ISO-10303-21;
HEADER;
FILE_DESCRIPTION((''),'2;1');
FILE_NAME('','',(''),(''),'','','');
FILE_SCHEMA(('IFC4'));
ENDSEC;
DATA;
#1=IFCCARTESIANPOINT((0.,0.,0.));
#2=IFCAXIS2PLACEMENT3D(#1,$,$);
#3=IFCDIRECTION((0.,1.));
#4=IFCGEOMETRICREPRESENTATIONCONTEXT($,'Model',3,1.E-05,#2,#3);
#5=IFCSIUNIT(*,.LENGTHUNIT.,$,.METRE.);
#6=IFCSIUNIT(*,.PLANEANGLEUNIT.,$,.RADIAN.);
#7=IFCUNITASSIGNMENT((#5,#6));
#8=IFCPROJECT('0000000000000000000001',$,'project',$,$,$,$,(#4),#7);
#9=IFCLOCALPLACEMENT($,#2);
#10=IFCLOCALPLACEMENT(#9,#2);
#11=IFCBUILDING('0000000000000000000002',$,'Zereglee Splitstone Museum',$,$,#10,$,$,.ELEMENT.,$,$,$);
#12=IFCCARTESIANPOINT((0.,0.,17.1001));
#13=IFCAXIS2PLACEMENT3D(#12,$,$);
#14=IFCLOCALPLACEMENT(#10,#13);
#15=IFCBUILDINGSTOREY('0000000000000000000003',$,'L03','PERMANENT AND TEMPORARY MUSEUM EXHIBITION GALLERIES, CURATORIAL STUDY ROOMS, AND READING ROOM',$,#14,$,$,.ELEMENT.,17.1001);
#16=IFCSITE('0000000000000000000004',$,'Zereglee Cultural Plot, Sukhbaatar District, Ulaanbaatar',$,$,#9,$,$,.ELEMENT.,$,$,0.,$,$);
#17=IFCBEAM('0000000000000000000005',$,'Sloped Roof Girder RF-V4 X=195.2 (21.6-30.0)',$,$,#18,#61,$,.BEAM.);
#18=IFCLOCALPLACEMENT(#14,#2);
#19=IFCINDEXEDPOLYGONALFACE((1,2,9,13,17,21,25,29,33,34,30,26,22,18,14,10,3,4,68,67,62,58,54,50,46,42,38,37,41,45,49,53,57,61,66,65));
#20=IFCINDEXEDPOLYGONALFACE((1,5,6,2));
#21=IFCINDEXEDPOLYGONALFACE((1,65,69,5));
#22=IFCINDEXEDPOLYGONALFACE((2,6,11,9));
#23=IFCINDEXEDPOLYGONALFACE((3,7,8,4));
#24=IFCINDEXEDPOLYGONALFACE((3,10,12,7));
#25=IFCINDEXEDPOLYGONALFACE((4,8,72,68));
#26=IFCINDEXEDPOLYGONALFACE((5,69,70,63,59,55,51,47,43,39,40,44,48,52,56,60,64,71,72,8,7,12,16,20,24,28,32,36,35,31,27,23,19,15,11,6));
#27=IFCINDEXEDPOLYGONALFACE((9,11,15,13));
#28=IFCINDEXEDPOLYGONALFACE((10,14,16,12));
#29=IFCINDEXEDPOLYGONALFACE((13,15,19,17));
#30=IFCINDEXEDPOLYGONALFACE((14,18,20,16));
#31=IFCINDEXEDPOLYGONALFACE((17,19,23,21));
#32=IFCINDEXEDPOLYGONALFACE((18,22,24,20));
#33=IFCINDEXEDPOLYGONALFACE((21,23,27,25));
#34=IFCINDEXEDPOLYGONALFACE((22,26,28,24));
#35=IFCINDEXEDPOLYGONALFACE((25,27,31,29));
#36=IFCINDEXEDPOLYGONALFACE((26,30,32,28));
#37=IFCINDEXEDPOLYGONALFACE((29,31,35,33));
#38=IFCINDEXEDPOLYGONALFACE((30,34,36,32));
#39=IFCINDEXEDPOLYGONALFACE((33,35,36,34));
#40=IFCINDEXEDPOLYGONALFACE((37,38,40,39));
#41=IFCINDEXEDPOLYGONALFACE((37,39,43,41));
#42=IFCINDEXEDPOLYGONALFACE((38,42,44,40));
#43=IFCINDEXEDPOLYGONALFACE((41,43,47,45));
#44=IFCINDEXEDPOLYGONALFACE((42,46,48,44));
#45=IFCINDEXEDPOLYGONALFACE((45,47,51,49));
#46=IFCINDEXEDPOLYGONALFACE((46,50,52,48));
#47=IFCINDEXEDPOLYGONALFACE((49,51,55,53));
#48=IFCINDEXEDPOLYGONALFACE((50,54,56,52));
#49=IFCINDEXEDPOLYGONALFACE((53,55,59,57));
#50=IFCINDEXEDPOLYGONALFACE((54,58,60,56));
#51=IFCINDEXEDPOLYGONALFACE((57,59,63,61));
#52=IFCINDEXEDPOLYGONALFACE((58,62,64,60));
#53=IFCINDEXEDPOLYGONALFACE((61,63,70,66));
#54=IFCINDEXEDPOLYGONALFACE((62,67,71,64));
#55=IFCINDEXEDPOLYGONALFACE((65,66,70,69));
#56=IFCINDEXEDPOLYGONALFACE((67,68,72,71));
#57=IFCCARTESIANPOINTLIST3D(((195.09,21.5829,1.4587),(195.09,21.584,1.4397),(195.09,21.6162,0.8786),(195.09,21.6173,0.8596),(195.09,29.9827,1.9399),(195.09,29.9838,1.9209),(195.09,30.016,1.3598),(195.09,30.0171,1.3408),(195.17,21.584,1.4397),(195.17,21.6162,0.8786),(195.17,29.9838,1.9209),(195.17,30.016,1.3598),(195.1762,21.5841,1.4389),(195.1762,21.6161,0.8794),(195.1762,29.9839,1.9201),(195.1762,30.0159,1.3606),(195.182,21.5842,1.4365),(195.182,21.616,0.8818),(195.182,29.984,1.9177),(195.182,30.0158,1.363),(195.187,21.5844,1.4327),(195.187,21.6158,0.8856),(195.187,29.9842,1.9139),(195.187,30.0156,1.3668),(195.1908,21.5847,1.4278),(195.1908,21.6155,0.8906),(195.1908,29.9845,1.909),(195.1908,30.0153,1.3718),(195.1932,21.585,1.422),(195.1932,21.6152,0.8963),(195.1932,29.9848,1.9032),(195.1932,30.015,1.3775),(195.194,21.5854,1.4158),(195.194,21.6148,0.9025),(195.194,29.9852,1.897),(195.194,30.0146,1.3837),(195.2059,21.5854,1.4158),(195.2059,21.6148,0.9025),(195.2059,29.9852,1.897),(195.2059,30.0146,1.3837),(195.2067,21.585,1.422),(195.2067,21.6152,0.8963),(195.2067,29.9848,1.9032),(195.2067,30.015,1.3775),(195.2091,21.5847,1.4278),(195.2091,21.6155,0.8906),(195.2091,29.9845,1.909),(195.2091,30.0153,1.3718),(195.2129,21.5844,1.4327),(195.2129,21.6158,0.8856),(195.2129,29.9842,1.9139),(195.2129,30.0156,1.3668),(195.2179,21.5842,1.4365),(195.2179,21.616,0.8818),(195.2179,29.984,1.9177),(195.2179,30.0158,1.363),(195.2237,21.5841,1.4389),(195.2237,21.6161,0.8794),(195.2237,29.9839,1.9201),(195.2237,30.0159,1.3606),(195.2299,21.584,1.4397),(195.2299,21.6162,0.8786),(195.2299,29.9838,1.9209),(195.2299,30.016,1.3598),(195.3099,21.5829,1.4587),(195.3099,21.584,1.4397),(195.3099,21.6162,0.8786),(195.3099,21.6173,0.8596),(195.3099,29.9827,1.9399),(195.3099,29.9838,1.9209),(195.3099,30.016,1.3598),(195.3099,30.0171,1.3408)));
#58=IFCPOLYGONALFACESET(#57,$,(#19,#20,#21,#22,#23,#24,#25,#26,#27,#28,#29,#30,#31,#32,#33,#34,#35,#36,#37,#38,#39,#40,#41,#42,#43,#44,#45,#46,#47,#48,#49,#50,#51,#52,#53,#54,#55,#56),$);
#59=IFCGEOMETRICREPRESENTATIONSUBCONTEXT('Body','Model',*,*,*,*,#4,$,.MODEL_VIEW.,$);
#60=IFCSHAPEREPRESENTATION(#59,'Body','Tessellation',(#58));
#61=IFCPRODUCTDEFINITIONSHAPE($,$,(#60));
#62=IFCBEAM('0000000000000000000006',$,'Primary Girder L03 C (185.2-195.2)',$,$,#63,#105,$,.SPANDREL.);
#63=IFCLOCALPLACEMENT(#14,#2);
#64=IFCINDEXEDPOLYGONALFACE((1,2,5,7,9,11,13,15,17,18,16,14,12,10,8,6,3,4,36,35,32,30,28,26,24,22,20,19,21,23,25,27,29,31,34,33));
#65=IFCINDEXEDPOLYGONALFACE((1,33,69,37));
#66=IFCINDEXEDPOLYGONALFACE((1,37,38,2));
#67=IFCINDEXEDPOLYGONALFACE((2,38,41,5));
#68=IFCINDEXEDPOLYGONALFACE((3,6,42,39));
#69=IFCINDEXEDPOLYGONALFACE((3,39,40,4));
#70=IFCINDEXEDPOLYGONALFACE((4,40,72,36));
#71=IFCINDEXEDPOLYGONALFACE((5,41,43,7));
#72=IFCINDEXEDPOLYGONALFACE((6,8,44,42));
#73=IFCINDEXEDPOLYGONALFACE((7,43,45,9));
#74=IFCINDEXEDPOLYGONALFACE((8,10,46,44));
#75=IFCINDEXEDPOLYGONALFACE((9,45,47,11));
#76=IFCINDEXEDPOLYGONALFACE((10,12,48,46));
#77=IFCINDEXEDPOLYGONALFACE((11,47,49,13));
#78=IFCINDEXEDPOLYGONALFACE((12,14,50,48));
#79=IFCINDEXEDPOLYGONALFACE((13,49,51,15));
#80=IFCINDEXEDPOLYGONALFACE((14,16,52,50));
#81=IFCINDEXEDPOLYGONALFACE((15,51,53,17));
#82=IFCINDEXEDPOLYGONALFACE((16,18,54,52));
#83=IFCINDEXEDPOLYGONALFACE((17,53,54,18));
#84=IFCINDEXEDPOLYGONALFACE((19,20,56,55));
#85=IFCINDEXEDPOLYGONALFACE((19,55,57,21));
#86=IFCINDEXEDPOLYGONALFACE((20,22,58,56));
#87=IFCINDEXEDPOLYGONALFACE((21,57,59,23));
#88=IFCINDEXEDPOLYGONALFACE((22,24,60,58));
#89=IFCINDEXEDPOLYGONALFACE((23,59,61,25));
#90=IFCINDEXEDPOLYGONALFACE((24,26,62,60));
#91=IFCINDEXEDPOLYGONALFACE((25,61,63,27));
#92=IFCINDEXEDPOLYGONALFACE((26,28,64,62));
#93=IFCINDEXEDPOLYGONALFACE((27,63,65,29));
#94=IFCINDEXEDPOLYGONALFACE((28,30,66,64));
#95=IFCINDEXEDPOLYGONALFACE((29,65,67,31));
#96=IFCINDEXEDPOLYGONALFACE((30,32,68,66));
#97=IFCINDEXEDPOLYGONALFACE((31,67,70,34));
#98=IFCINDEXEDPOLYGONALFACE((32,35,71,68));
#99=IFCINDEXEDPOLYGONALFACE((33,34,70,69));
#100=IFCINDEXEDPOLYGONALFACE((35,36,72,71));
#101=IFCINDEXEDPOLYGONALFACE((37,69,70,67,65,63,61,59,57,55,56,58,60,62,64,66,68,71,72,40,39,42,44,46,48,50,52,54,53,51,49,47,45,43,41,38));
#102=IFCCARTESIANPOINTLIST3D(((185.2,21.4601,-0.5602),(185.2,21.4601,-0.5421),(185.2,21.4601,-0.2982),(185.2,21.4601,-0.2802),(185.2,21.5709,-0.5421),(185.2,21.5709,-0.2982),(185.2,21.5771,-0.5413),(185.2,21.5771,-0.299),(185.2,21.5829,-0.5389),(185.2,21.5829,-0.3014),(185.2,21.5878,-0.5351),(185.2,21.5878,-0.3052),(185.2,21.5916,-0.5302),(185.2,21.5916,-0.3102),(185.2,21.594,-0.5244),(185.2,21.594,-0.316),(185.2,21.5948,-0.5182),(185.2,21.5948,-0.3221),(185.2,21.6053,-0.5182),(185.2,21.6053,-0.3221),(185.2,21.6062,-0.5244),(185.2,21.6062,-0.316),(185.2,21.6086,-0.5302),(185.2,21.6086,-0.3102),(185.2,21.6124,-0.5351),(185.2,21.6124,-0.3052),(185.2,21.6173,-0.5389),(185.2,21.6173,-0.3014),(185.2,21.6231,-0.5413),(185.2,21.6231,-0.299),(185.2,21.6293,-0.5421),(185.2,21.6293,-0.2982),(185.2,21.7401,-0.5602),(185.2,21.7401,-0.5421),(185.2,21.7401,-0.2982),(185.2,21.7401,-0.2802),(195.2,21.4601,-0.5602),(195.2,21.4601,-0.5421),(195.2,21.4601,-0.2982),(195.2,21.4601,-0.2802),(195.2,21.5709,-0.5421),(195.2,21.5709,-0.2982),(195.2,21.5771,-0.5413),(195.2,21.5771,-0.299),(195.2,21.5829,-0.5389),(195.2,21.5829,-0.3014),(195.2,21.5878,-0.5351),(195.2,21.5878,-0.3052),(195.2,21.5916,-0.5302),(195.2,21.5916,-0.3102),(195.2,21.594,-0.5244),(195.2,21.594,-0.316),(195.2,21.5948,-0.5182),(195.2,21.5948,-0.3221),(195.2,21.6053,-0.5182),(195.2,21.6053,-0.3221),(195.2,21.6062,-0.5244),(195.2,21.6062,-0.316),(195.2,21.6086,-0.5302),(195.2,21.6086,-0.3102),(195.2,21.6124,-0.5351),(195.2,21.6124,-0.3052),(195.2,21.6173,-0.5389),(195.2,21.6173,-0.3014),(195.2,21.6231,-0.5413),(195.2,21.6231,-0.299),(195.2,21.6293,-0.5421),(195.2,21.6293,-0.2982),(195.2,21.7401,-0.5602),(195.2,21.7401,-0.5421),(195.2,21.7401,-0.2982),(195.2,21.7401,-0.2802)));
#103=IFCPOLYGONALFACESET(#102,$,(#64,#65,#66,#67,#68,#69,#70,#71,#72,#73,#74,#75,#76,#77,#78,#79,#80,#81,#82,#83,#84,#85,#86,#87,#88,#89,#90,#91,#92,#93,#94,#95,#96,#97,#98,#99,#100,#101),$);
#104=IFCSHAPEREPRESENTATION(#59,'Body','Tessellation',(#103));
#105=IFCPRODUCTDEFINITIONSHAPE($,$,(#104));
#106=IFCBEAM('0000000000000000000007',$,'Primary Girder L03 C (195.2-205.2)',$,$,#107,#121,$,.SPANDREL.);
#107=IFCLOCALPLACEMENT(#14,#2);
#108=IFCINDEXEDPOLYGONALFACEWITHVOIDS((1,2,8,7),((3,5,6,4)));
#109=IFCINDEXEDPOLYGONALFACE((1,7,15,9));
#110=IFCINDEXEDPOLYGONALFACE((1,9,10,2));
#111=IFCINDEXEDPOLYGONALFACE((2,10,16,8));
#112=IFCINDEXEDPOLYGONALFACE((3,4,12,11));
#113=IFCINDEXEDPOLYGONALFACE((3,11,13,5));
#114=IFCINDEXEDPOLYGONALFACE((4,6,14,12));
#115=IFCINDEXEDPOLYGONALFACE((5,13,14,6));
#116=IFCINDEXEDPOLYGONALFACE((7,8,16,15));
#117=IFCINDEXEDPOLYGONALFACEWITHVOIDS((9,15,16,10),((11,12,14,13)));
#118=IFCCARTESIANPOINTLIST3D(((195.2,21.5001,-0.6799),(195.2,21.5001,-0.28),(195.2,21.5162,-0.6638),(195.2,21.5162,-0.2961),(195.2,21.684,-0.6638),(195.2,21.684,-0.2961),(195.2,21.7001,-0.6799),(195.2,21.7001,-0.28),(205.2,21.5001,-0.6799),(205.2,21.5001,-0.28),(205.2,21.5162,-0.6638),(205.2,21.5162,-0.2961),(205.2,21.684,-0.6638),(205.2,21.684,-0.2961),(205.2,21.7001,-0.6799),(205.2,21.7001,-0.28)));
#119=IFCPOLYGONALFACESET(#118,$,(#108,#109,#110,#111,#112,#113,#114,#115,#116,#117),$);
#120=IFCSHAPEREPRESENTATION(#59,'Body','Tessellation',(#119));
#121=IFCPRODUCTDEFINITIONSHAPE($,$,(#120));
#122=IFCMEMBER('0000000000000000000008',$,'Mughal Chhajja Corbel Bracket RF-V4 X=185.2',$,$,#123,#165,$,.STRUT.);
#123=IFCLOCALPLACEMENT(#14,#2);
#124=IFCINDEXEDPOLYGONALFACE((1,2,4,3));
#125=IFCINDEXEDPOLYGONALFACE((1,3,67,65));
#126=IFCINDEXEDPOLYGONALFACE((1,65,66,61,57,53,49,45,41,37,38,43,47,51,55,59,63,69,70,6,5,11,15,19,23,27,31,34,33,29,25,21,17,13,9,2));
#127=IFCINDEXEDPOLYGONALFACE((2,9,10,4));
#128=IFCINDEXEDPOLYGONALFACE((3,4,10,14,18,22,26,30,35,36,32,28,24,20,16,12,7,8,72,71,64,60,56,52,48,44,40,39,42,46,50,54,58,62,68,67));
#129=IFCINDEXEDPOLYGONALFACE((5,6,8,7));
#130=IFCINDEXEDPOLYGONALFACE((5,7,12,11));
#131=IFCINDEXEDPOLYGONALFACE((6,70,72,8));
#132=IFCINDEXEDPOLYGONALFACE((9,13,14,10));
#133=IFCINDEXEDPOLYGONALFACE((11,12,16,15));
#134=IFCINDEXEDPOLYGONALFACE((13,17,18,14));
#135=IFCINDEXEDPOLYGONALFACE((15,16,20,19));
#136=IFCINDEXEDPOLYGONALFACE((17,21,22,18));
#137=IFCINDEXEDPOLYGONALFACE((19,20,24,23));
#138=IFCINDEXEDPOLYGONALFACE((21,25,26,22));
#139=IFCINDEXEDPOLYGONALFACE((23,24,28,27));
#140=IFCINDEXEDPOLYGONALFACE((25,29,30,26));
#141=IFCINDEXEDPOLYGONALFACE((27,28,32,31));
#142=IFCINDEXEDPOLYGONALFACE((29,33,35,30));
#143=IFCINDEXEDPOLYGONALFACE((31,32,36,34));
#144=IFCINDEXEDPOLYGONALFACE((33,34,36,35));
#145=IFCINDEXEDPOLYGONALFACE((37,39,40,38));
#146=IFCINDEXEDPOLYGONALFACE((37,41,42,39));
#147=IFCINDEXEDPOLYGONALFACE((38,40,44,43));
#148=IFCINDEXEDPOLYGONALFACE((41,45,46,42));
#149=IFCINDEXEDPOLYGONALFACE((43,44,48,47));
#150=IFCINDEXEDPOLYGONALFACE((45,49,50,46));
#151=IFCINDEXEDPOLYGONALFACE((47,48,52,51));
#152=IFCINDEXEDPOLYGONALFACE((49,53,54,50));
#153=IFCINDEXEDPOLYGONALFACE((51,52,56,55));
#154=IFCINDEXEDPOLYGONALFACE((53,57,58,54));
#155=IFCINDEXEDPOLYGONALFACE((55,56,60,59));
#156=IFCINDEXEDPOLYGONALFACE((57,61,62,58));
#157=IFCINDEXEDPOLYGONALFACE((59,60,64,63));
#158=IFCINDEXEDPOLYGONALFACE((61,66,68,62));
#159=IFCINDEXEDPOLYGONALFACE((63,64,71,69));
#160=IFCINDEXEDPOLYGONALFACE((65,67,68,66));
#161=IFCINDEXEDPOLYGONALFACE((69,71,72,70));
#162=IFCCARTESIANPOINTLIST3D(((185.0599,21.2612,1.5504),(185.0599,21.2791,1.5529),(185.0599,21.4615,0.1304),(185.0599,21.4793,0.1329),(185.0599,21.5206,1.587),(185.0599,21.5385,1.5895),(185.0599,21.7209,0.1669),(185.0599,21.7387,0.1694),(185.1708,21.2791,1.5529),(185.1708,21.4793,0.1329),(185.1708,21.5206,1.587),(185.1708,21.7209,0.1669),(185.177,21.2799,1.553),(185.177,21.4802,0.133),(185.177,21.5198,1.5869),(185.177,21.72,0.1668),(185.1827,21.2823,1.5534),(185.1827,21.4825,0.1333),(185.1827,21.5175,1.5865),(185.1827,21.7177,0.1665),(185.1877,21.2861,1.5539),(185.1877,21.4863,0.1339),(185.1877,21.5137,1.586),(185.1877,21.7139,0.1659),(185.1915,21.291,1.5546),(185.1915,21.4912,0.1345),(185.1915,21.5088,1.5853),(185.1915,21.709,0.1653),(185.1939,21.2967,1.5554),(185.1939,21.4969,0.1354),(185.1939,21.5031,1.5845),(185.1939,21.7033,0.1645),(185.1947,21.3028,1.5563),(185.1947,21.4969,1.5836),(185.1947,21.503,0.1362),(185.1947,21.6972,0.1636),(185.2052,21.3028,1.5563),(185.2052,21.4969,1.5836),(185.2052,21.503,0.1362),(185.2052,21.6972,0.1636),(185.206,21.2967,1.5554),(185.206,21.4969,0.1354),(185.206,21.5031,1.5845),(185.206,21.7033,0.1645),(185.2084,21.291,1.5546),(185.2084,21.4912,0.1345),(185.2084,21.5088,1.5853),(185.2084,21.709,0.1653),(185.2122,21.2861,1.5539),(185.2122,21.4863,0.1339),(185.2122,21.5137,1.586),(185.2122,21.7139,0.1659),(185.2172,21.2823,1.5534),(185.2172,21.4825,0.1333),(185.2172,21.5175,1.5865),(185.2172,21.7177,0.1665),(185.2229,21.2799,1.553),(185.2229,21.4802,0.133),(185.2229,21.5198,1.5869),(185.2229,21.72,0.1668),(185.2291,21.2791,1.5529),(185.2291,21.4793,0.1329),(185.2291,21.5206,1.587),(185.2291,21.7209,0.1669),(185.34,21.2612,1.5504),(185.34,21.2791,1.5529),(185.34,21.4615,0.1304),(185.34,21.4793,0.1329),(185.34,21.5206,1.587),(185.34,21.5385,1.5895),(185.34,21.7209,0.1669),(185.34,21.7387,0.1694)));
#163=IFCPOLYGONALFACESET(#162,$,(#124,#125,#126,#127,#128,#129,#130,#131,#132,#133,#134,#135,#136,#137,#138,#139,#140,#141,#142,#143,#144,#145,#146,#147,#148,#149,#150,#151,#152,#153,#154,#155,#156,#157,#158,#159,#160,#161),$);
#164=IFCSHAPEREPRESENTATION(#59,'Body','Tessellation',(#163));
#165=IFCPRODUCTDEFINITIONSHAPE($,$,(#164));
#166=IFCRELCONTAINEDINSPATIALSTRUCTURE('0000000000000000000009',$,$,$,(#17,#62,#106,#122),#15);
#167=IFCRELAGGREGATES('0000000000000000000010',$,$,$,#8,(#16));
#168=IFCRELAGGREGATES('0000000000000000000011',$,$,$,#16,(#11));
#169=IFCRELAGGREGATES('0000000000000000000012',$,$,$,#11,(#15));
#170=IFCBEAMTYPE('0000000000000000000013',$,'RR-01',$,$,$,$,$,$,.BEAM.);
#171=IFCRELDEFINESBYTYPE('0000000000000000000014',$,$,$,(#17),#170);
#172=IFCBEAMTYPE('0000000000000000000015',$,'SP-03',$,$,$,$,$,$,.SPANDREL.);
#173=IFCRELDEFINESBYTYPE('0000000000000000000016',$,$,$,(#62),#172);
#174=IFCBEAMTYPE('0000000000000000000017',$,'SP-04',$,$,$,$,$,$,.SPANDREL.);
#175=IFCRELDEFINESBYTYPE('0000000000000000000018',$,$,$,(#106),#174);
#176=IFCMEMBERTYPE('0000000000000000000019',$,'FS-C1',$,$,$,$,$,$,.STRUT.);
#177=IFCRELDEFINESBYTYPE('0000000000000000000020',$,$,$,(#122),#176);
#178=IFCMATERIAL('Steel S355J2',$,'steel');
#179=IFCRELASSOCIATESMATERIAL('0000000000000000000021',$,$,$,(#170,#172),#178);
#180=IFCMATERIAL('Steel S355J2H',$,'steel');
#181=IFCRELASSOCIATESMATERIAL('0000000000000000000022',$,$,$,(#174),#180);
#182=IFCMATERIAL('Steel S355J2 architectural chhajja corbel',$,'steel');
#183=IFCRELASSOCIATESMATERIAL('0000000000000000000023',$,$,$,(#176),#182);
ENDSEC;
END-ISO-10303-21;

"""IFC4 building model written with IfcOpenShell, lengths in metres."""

from ifc_helpers import new_model, si_unit, direction, frame, origin, origin_2d, place, context, subcontext, project, spatial, hollow_rectangle, i_section, extrude, material, material_profile, profile_set, type_object, element, save


model = new_model("IFC4")

# Units and contexts
model_context = context("Model", 3, precision=1e-05, world=origin(), true_north=direction((0.0, 1.0)))
body_context = subcontext(model_context, "Body", "Model", "MODEL_VIEW")
ifc_project = project(units=[si_unit("LENGTHUNIT", "METRE"), si_unit("PLANEANGLEUNIT", "RADIAN")], contexts=[model_context])

# Site, building, storey
site_placement = place(None, origin())
site = spatial("IfcSite", under=ifc_project, at=site_placement, Name="Zereglee Cultural Plot, Sukhbaatar District, Ulaanbaatar", CompositionType="ELEMENT", RefElevation=0.0)
building_placement = place(site_placement, origin())
building = spatial("IfcBuilding", under=site, at=building_placement, Name="Zereglee Splitstone Museum", CompositionType="ELEMENT")
storey_placement = place(building_placement, frame((0.0, 0.0, 17.1001)))
storey = spatial("IfcBuildingStorey", under=building, at=storey_placement, Name="L03", Description="PERMANENT AND TEMPORARY MUSEUM EXHIBITION GALLERIES, CURATORIAL STUDY ROOMS, AND READING ROOM", CompositionType="ELEMENT", Elevation=17.1001)

# Shared definitions
ifc_material_1 = material(Name="Steel S355J2H", Category="steel")
ifc_material_2 = material(Name="Steel S355J2", Category="steel")

# Beams
ifc_material_profile_1 = material_profile(ifc_material_2, i_section(OverallWidth=0.22, OverallDepth=0.6001, WebThickness=0.012, FlangeThickness=0.019, FilletRadius=0.0239, at=origin_2d()), Name="IPE 600")
ifc_profile_set_1 = profile_set([ifc_material_profile_1], Name="Steel S355J2")
beam_type_1 = type_object("IfcBeamType", Name="RR-01", PredefinedType="BEAM", material=ifc_profile_set_1)
for number, where, z_axis, x_axis, name in (
    (1, (195.2, 21.6001, 1.1592), (0.0, 0.998363, 0.057193), (-1.0, 0.0, 0.0), "Sloped Roof Girder RF-V4 X=195.2 (21.6-30.0)"),
):
    element("IfcBeam", number, at=place(storey_placement, frame(where, z_axis=z_axis, x_axis=x_axis)), inside=storey, type_object=beam_type_1, Name=name, PredefinedType="BEAM", context=body_context, shape_type="SweptSolid", body=[
        extrude(i_section(OverallWidth=0.22, OverallDepth=0.6001, WebThickness=0.012, FlangeThickness=0.019, FilletRadius=0.0239, at=origin_2d()), origin(), (0.0, 0.0, 1.0), 8.4136),
    ])
ifc_material_profile_2 = material_profile(ifc_material_2, i_section(OverallWidth=0.28, OverallDepth=0.28, WebThickness=0.0105, FlangeThickness=0.0181, FilletRadius=0.0239, at=origin_2d()), Name="HE 280 B")
ifc_profile_set_2 = profile_set([ifc_material_profile_2], Name="Steel S355J2")
beam_type_2 = type_object("IfcBeamType", Name="SP-03", PredefinedType="SPANDREL", material=ifc_profile_set_2)
beam_1_placement = place(storey_placement, frame((185.2, 21.6001, -0.4202), z_axis=(1.0, 0.0, 0.0), x_axis=(0.0, 1.0, 0.0)))
element("IfcBeam", 2, at=beam_1_placement, inside=storey, type_object=beam_type_2, Name="Primary Girder L03 C (185.2-195.2)", PredefinedType="SPANDREL", context=body_context, shape_type="SweptSolid", body=[
    extrude(i_section(OverallWidth=0.28, OverallDepth=0.28, WebThickness=0.0105, FlangeThickness=0.0181, FilletRadius=0.0239, at=origin_2d()), origin(), (0.0, 0.0, 1.0), 10.0),
])
ifc_material_profile_3 = material_profile(ifc_material_1, hollow_rectangle(XDim=0.2, YDim=0.3999, WallThickness=0.0161, at=origin_2d()), Name="RHS 400x200x16")
ifc_profile_set_3 = profile_set([ifc_material_profile_3], Name="Steel S355J2H")
beam_type_3 = type_object("IfcBeamType", Name="SP-04", PredefinedType="SPANDREL", material=ifc_profile_set_3)
beam_2_placement = place(storey_placement, frame((195.2, 21.6001, -0.48), z_axis=(1.0, 0.0, 0.0), x_axis=(0.0, 1.0, 0.0)))
element("IfcBeam", 3, at=beam_2_placement, inside=storey, type_object=beam_type_3, Name="Primary Girder L03 C (195.2-205.2)", PredefinedType="SPANDREL", context=body_context, shape_type="SweptSolid", body=[
    extrude(hollow_rectangle(XDim=0.2, YDim=0.3999, WallThickness=0.0161, at=origin_2d()), origin(), (0.0, 0.0, 1.0), 10.0),
])

# Member
ifc_material_3 = material(Name="Steel S355J2 architectural chhajja corbel", Category="steel")
ifc_material_profile_4 = material_profile(ifc_material_3, i_section(OverallWidth=0.28, OverallDepth=0.28, WebThickness=0.0105, FlangeThickness=0.0181, FilletRadius=0.0239, at=origin_2d()), Name="HE 280 B")
ifc_profile_set_4 = profile_set([ifc_material_profile_4], Name="Steel S355J2 architectural chhajja corbel")
member_type = type_object("IfcMemberType", Name="FS-C1", PredefinedType="STRUT", material=ifc_profile_set_4)
for number, where, z_axis, x_axis, name in (
    (4, (185.2, 21.6001, 0.1499), (0.0, -0.13961, 0.990207), (1.0, 0.0, 0.0), "Mughal Chhajja Corbel Bracket RF-V4 X=185.2"),
):
    element("IfcMember", number, at=place(storey_placement, frame(where, z_axis=z_axis, x_axis=x_axis)), inside=storey, type_object=member_type, Name=name, PredefinedType="STRUT", context=body_context, shape_type="SweptSolid", body=[
        extrude(i_section(OverallWidth=0.28, OverallDepth=0.28, WebThickness=0.0105, FlangeThickness=0.0181, FilletRadius=0.0239, at=origin_2d()), origin(), (0.0, 0.0, 1.0), 1.4341),
    ])

save(model, "model.ifc")
